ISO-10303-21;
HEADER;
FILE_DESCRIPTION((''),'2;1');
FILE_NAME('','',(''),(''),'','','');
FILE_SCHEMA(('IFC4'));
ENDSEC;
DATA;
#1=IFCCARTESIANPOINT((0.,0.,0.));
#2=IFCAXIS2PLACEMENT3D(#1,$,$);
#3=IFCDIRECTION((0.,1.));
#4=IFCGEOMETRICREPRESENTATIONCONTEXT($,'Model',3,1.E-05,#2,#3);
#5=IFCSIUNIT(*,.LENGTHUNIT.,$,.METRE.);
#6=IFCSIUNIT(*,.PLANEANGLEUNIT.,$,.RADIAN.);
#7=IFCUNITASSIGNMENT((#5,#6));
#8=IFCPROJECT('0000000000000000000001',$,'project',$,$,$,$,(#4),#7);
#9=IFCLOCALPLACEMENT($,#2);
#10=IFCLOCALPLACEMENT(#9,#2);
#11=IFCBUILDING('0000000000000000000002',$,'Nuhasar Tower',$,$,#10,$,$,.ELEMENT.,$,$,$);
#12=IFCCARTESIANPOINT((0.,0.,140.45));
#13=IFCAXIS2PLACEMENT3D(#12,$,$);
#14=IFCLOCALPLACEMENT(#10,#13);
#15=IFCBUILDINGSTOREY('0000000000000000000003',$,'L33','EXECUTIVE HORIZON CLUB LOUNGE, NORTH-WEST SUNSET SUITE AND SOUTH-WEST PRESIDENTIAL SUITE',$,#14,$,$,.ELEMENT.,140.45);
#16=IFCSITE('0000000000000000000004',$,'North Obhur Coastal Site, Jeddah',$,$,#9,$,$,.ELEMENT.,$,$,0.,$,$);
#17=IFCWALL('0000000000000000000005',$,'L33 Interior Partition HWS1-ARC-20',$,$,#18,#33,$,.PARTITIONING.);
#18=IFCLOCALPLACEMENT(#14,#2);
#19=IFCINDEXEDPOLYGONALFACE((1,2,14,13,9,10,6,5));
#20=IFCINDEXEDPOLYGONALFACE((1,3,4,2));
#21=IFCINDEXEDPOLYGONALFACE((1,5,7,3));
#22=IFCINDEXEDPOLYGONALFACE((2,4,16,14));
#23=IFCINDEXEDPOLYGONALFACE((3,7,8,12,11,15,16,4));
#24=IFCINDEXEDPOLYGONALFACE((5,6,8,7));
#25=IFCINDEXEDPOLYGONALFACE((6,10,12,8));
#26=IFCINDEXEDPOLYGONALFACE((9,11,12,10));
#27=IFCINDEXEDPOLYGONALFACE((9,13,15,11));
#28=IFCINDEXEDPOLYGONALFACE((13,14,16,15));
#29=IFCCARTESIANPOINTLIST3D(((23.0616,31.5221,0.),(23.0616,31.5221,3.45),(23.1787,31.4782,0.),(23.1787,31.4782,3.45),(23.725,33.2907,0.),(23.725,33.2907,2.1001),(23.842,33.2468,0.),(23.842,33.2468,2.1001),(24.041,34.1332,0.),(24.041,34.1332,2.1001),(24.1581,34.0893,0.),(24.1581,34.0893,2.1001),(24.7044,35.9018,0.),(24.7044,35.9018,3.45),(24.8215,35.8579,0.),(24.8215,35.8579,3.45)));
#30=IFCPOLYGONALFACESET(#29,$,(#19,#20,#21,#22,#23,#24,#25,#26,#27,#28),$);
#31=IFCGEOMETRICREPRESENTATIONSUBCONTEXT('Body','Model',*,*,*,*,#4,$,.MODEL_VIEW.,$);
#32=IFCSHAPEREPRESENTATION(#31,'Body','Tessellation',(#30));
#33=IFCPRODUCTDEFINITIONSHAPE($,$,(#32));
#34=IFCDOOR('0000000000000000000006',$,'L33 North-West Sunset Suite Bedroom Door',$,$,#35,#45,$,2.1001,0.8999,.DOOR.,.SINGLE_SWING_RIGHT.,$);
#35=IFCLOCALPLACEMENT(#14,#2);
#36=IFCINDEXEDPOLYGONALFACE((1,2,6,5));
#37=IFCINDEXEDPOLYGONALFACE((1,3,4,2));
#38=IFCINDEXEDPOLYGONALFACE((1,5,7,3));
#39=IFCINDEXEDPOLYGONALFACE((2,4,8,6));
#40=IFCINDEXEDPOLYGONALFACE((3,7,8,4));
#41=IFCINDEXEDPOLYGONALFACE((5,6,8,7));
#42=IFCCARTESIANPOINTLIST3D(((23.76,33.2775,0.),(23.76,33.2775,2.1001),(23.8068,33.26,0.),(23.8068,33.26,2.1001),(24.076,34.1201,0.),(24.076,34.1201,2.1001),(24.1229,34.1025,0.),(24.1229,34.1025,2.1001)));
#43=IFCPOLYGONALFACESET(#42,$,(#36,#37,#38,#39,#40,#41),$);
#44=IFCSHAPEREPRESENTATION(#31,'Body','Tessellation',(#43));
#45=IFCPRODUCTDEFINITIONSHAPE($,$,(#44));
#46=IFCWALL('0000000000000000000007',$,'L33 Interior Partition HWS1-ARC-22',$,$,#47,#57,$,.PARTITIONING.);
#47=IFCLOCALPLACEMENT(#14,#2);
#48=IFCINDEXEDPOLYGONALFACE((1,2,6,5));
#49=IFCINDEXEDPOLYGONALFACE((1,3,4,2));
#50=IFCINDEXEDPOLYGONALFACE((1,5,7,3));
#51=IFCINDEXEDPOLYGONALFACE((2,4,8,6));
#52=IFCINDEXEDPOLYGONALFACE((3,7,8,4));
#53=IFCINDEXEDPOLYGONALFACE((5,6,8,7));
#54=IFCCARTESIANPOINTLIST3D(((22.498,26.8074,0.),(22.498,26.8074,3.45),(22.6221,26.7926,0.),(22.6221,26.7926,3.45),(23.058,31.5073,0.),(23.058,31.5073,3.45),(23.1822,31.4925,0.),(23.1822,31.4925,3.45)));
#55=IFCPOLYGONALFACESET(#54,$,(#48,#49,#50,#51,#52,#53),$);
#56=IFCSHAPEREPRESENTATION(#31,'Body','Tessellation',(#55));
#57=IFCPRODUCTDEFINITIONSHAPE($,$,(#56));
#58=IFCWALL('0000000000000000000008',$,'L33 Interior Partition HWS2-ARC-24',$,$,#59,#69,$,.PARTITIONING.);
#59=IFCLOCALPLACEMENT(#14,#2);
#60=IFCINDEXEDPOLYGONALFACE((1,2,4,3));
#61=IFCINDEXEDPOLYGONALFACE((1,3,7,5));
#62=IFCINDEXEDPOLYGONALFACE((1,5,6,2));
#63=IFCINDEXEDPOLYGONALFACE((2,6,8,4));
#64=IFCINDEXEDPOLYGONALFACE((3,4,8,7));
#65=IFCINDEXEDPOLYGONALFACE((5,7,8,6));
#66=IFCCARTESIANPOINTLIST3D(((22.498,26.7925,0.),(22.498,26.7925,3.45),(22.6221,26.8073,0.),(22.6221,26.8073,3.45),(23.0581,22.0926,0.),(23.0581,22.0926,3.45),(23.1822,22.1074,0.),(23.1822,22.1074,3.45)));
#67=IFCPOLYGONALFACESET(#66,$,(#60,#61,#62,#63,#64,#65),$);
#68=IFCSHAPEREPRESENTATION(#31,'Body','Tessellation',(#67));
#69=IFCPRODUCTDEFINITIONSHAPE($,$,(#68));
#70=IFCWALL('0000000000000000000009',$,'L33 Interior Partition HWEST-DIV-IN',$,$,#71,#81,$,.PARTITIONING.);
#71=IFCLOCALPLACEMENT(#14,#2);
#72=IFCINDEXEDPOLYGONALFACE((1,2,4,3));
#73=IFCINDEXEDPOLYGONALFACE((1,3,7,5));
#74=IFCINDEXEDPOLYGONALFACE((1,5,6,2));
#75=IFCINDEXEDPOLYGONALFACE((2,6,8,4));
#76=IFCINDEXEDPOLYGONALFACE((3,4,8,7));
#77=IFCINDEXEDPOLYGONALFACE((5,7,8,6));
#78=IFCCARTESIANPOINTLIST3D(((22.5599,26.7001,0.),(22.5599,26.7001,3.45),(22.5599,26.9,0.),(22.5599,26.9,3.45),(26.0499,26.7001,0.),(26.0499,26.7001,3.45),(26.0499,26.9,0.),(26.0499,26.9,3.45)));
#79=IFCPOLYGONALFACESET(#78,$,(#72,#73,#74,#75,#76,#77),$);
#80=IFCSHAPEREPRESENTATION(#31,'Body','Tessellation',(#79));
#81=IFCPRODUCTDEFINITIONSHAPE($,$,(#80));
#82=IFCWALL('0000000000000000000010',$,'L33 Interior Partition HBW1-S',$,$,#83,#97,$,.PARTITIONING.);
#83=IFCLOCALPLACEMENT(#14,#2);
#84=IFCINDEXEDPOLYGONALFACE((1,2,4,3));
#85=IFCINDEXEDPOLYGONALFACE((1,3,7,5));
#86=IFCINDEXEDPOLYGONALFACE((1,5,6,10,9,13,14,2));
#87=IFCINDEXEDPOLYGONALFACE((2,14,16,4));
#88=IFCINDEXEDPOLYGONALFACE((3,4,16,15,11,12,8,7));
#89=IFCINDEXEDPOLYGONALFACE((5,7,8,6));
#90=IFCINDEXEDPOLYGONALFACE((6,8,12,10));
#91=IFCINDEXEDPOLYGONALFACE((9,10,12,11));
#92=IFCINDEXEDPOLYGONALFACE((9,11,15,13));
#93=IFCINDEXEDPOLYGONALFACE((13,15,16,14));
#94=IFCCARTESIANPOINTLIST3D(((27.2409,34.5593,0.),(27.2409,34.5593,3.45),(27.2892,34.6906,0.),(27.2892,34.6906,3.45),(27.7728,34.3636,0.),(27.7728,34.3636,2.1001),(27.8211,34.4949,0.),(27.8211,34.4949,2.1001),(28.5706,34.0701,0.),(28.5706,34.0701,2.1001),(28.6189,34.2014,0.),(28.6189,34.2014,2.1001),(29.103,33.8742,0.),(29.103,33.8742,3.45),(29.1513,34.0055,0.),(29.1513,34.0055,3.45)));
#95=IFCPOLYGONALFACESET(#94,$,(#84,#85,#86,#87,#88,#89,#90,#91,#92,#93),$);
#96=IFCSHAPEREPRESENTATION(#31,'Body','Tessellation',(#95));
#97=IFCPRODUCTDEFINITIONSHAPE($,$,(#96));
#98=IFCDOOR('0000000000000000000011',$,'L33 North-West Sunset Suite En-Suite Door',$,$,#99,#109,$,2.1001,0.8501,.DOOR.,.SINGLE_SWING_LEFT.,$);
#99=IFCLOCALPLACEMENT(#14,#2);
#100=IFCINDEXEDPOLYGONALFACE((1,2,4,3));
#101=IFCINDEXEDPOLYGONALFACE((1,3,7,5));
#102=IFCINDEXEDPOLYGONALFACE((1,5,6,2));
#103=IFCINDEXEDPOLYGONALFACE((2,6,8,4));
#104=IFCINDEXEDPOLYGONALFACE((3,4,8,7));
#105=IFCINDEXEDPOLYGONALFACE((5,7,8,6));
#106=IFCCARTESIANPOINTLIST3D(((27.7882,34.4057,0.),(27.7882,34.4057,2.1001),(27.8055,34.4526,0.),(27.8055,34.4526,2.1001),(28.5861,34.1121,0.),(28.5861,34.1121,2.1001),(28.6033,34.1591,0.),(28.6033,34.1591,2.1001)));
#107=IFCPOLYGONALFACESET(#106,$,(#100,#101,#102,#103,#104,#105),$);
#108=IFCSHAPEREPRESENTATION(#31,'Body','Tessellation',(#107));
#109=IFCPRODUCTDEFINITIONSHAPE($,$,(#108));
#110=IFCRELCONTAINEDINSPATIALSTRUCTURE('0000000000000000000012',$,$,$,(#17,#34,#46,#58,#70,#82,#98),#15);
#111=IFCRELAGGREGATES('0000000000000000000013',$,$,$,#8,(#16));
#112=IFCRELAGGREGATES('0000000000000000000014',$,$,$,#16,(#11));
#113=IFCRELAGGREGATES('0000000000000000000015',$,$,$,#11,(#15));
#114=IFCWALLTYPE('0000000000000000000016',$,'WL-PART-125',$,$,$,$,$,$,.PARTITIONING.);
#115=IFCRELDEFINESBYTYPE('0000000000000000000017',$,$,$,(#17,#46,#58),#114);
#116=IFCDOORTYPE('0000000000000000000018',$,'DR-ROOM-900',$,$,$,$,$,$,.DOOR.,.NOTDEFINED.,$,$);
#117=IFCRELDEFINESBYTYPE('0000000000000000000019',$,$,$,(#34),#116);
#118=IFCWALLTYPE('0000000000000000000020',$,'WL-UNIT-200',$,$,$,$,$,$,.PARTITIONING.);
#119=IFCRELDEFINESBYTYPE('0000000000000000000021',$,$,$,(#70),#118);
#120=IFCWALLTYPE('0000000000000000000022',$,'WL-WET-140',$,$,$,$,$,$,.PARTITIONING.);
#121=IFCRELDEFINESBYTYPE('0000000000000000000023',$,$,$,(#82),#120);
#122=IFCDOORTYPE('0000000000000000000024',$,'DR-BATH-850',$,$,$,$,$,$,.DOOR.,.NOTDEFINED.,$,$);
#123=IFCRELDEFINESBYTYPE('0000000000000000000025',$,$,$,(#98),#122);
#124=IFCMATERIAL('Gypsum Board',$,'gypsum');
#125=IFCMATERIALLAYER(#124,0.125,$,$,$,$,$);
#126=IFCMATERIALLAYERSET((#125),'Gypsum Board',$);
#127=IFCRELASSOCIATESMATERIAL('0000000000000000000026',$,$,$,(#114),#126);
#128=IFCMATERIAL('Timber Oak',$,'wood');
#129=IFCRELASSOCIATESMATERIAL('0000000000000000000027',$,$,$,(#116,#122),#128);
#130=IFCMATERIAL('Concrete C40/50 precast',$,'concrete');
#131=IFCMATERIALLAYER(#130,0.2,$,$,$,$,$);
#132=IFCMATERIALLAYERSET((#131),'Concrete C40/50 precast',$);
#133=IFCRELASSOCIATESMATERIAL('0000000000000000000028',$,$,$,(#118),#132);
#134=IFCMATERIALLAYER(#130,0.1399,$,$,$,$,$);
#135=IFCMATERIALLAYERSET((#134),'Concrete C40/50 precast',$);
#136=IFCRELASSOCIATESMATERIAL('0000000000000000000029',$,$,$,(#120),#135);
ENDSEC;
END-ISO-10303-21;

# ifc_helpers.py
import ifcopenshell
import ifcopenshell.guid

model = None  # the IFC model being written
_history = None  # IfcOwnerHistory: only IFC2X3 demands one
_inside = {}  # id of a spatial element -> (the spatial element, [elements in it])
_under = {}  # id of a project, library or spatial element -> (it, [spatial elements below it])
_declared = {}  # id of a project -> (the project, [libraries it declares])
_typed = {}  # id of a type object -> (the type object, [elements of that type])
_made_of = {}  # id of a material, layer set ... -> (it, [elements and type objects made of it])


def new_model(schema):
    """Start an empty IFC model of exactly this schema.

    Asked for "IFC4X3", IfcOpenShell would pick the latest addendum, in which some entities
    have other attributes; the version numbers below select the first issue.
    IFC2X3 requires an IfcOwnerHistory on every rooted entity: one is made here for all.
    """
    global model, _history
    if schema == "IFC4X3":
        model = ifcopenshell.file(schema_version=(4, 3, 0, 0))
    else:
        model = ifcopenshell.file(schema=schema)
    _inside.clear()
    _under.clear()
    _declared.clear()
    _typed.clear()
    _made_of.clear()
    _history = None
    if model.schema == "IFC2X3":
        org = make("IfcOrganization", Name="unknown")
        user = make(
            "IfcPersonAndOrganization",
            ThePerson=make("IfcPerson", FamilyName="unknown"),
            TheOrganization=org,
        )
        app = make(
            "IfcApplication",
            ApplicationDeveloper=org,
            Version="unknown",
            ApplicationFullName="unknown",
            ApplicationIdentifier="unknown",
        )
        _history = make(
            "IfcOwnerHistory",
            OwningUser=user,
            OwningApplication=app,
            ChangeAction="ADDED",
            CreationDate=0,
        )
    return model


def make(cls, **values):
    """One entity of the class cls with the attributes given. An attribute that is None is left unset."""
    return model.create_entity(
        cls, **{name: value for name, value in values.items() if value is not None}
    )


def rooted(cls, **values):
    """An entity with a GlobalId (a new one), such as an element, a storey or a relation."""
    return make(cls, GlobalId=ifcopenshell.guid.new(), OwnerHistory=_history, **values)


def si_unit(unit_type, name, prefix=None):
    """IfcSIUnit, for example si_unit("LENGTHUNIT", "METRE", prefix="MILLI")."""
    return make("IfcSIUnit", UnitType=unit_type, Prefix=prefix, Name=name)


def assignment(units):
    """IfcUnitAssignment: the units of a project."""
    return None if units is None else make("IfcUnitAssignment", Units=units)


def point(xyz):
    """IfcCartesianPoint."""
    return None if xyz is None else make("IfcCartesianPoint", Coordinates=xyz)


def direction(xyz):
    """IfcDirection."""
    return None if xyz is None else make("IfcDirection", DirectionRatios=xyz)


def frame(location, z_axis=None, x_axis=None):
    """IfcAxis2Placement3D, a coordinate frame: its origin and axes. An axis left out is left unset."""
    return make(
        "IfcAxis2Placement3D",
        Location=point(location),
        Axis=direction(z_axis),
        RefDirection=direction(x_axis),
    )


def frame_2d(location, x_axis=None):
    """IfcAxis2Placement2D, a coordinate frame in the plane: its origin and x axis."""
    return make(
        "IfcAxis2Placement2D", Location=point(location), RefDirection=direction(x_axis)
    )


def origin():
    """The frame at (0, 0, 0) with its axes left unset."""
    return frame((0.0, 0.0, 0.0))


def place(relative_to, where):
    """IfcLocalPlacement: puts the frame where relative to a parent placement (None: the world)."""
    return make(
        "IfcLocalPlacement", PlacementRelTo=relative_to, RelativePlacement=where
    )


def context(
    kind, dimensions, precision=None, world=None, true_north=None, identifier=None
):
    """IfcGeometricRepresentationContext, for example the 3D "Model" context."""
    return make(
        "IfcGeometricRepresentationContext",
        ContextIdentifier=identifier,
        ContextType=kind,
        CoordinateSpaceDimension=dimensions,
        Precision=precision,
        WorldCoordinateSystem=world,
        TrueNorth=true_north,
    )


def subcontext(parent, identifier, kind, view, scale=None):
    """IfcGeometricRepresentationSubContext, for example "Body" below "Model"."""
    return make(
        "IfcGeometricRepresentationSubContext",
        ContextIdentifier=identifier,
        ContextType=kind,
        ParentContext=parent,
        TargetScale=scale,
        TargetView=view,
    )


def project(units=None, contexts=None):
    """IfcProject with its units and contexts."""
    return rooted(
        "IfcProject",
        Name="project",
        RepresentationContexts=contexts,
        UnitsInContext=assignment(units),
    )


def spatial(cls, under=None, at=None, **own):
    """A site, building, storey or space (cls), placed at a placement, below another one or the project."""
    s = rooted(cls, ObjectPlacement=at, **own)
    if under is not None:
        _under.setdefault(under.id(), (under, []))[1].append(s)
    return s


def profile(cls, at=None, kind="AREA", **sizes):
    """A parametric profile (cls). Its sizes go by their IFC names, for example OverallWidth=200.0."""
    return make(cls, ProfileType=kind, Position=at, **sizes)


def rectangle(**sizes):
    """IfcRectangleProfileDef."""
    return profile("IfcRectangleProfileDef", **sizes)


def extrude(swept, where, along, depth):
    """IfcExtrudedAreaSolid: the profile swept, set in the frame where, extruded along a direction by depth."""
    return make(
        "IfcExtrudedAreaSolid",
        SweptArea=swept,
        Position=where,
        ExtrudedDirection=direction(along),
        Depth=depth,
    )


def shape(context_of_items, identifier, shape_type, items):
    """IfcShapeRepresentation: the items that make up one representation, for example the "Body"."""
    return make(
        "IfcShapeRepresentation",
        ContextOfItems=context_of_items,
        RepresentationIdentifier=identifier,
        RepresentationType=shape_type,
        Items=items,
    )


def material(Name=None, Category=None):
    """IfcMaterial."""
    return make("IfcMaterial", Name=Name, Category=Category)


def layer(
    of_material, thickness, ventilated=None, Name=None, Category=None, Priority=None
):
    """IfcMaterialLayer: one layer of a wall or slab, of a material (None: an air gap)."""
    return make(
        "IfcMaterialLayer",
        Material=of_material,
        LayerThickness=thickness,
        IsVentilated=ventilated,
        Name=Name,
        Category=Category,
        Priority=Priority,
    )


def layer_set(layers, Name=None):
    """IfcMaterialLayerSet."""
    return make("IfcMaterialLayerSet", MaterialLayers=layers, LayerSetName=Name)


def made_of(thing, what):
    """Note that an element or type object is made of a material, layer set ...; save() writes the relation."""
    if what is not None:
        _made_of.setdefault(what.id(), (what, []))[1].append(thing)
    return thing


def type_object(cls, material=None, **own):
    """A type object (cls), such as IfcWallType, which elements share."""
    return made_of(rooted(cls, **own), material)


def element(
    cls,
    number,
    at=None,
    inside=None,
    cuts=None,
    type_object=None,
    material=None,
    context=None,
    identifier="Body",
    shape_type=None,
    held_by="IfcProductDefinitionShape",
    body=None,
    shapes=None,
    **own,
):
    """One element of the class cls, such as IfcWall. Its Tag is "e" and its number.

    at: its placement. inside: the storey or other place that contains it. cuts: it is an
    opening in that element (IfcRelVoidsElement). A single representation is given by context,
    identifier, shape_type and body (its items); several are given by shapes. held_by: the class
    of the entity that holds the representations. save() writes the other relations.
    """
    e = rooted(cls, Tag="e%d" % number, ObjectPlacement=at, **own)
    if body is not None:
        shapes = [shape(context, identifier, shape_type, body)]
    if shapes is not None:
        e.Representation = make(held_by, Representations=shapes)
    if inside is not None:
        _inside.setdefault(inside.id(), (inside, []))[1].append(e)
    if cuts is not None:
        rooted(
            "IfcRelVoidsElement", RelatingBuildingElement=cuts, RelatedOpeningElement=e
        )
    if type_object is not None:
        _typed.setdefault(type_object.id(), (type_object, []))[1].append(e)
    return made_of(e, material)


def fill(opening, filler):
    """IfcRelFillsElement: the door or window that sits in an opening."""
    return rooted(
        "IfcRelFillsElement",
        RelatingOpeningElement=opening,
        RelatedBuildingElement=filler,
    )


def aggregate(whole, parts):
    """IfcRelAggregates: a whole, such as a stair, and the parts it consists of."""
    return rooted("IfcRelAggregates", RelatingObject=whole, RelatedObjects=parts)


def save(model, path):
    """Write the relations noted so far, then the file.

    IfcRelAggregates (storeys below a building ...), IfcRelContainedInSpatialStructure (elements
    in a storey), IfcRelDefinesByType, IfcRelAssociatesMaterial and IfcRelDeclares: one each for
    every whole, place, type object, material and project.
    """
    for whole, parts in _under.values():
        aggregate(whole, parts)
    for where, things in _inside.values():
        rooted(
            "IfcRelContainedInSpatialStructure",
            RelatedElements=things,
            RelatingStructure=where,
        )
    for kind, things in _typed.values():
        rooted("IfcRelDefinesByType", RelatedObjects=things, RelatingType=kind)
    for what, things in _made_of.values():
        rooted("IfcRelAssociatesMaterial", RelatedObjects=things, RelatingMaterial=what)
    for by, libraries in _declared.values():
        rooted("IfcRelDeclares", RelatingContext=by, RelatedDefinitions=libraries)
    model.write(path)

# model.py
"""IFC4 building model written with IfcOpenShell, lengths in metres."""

from ifc_helpers import new_model, si_unit, direction, frame, frame_2d, origin, place, context, subcontext, project, spatial, rectangle, extrude, material, layer, layer_set, type_object, element, fill, save


model = new_model("IFC4")

# Units and contexts
model_context = context("Model", 3, precision=1e-05, world=origin(), true_north=direction((0.0, 1.0)))
body_context = subcontext(model_context, "Body", "Model", "MODEL_VIEW")
ifc_project = project(units=[si_unit("LENGTHUNIT", "METRE"), si_unit("PLANEANGLEUNIT", "RADIAN")], contexts=[model_context])

# Site, building, storey
site_placement = place(None, origin())
site = spatial("IfcSite", under=ifc_project, at=site_placement, Name="North Obhur Coastal Site, Jeddah", CompositionType="ELEMENT", RefElevation=0.0)
building_placement = place(site_placement, origin())
building = spatial("IfcBuilding", under=site, at=building_placement, Name="Nuhasar Tower", CompositionType="ELEMENT")
storey_placement = place(building_placement, frame((0.0, 0.0, 140.45)))
storey = spatial("IfcBuildingStorey", under=building, at=storey_placement, Name="L33", Description="EXECUTIVE HORIZON CLUB LOUNGE, NORTH-WEST SUNSET SUITE AND SOUTH-WEST PRESIDENTIAL SUITE", CompositionType="ELEMENT", Elevation=140.45)

# Shared definitions
ifc_material_1 = material(Name="Gypsum Board", Category="gypsum")

# Shared definitions
ifc_material_2 = material(Name="Timber Oak", Category="wood")

# Shared definitions
ifc_layer_1 = layer(ifc_material_1, 0.125)
ifc_layer_set_1 = layer_set([ifc_layer_1], Name="Gypsum Board")
wall_type_1 = type_object("IfcWallType", Name="WL-PART-125", PredefinedType="PARTITIONING", material=ifc_layer_set_1)

# Wall, opening, door
wall_1_placement = place(storey_placement, frame((24.7629, 35.8799, 0.0), z_axis=(0.0, 0.0, 1.0), x_axis=(-0.351192, -0.936303, 0.0)))
wall_1 = element("IfcWall", 1, at=wall_1_placement, inside=storey, type_object=wall_type_1, Name="L33 Interior Partition HWS1-ARC-20", PredefinedType="PARTITIONING", context=body_context, shape_type="SweptSolid", body=[
    extrude(rectangle(XDim=4.6777, YDim=0.125, at=frame_2d((2.3389, 0.0))), origin(), (0.0, 0.0, 1.0), 3.45),
])
opening_1_placement = place(wall_1_placement, frame((1.8889, 0.0, 0.0)))
opening_1 = element("IfcOpeningElement", 2, at=opening_1_placement, cuts=wall_1, PredefinedType="OPENING", context=body_context, shape_type="SweptSolid", body=[
    extrude(rectangle(XDim=0.8999, YDim=2.1001, at=frame_2d((0.45, 1.05))), frame((0.0, 0.0725, 0.0), z_axis=(0.0, -1.0, 0.0), x_axis=(1.0, 0.0, 0.0)), (0.0, 0.0, 1.0), 0.145),
])
door_type_1 = type_object("IfcDoorType", Name="DR-ROOM-900", OperationType="NOTDEFINED", PredefinedType="DOOR", material=ifc_material_2)
door_1_placement = place(opening_1_placement, origin())
door_1 = element("IfcDoor", 3, at=door_1_placement, inside=storey, type_object=door_type_1, Name="L33 North-West Sunset Suite Bedroom Door", OperationType="SINGLE_SWING_RIGHT", OverallHeight=2.1001, OverallWidth=0.8999, PredefinedType="DOOR", context=body_context, shape_type="SweptSolid", body=[
    extrude(rectangle(XDim=0.8999, YDim=2.1001, at=frame_2d((0.45, 1.05))), frame((0.0, 0.0249, 0.0), z_axis=(0.0, -1.0, 0.0), x_axis=(1.0, 0.0, 0.0)), (0.0, 0.0, 1.0), 0.05),
])
fill(opening_1, door_1)

# Walls
for number, where, z_axis, x_axis, name in (
    (4, (23.1201, 31.5, 0.0), (0.0, 0.0, 1.0), (-0.118326, -0.992975, 0.0), "L33 Interior Partition HWS1-ARC-22"),
    (5, (22.5601, 26.8, 0.0), (0.0, 0.0, 1.0), (0.118326, -0.992975, 0.0), "L33 Interior Partition HWS2-ARC-24"),
):
    element("IfcWall", number, at=place(storey_placement, frame(where, z_axis=z_axis, x_axis=x_axis)), inside=storey, type_object=wall_type_1, Name=name, PredefinedType="PARTITIONING", context=body_context, shape_type="SweptSolid", body=[
        extrude(rectangle(XDim=4.7332, YDim=0.125, at=frame_2d((2.3667, 0.0))), origin(), (0.0, 0.0, 1.0), 3.45),
    ])
ifc_material_3 = material(Name="Concrete C40/50 precast", Category="concrete")
ifc_layer_2 = layer(ifc_material_3, 0.2)
ifc_layer_set_2 = layer_set([ifc_layer_2], Name="Concrete C40/50 precast")
wall_type_2 = type_object("IfcWallType", Name="WL-UNIT-200", PredefinedType="PARTITIONING", material=ifc_layer_set_2)
wall_2_placement = place(storey_placement, frame((26.05, 26.8, 0.0), z_axis=(0.0, 0.0, 1.0), x_axis=(-1.0, 0.0, 0.0)))
element("IfcWall", 6, at=wall_2_placement, inside=storey, type_object=wall_type_2, Name="L33 Interior Partition HWEST-DIV-IN", PredefinedType="PARTITIONING", context=body_context, shape_type="SweptSolid", body=[
    extrude(rectangle(XDim=3.49, YDim=0.2, at=frame_2d((1.7451, 0.0))), origin(), (0.0, 0.0, 1.0), 3.45),
])

# Wall, opening, door
ifc_layer_3 = layer(ifc_material_3, 0.1399)
ifc_layer_set_3 = layer_set([ifc_layer_3], Name="Concrete C40/50 precast")
wall_type_3 = type_object("IfcWallType", Name="WL-WET-140", PredefinedType="PARTITIONING", material=ifc_layer_set_3)
wall_3_placement = place(storey_placement, frame((27.2649, 34.625, 0.0), z_axis=(0.0, 0.0, 1.0), x_axis=(0.938501, -0.345278, 0.0)))
wall_3 = element("IfcWall", 7, at=wall_3_placement, inside=storey, type_object=wall_type_3, Name="L33 Interior Partition HBW1-S", PredefinedType="PARTITIONING", context=body_context, shape_type="SweptSolid", body=[
    extrude(rectangle(XDim=1.9841, YDim=0.1399, at=frame_2d((0.9922, 0.0))), origin(), (0.0, 0.0, 1.0), 3.45),
])
opening_2_placement = place(wall_3_placement, frame((0.5669, 0.0, 0.0)))
opening_2 = element("IfcOpeningElement", 8, at=opening_2_placement, cuts=wall_3, PredefinedType="OPENING", context=body_context, shape_type="SweptSolid", body=[
    extrude(rectangle(XDim=0.8501, YDim=2.1001, at=frame_2d((0.425, 1.05))), frame((0.0, 0.0801, 0.0), z_axis=(0.0, -1.0, 0.0), x_axis=(1.0, 0.0, 0.0)), (0.0, 0.0, 1.0), 0.1599),
])
door_type_2 = type_object("IfcDoorType", Name="DR-BATH-850", OperationType="NOTDEFINED", PredefinedType="DOOR", material=ifc_material_2)
door_2_placement = place(opening_2_placement, origin())
door_2 = element("IfcDoor", 9, at=door_2_placement, inside=storey, type_object=door_type_2, Name="L33 North-West Sunset Suite En-Suite Door", OperationType="SINGLE_SWING_LEFT", OverallHeight=2.1001, OverallWidth=0.8501, PredefinedType="DOOR", context=body_context, shape_type="SweptSolid", body=[
    extrude(rectangle(XDim=0.8501, YDim=2.1001, at=frame_2d((0.425, 1.05))), frame((0.0, 0.0249, 0.0), z_axis=(0.0, -1.0, 0.0), x_axis=(1.0, 0.0, 0.0)), (0.0, 0.0, 1.0), 0.05),
])
fill(opening_2, door_2)

save(model, "model.ifc")
